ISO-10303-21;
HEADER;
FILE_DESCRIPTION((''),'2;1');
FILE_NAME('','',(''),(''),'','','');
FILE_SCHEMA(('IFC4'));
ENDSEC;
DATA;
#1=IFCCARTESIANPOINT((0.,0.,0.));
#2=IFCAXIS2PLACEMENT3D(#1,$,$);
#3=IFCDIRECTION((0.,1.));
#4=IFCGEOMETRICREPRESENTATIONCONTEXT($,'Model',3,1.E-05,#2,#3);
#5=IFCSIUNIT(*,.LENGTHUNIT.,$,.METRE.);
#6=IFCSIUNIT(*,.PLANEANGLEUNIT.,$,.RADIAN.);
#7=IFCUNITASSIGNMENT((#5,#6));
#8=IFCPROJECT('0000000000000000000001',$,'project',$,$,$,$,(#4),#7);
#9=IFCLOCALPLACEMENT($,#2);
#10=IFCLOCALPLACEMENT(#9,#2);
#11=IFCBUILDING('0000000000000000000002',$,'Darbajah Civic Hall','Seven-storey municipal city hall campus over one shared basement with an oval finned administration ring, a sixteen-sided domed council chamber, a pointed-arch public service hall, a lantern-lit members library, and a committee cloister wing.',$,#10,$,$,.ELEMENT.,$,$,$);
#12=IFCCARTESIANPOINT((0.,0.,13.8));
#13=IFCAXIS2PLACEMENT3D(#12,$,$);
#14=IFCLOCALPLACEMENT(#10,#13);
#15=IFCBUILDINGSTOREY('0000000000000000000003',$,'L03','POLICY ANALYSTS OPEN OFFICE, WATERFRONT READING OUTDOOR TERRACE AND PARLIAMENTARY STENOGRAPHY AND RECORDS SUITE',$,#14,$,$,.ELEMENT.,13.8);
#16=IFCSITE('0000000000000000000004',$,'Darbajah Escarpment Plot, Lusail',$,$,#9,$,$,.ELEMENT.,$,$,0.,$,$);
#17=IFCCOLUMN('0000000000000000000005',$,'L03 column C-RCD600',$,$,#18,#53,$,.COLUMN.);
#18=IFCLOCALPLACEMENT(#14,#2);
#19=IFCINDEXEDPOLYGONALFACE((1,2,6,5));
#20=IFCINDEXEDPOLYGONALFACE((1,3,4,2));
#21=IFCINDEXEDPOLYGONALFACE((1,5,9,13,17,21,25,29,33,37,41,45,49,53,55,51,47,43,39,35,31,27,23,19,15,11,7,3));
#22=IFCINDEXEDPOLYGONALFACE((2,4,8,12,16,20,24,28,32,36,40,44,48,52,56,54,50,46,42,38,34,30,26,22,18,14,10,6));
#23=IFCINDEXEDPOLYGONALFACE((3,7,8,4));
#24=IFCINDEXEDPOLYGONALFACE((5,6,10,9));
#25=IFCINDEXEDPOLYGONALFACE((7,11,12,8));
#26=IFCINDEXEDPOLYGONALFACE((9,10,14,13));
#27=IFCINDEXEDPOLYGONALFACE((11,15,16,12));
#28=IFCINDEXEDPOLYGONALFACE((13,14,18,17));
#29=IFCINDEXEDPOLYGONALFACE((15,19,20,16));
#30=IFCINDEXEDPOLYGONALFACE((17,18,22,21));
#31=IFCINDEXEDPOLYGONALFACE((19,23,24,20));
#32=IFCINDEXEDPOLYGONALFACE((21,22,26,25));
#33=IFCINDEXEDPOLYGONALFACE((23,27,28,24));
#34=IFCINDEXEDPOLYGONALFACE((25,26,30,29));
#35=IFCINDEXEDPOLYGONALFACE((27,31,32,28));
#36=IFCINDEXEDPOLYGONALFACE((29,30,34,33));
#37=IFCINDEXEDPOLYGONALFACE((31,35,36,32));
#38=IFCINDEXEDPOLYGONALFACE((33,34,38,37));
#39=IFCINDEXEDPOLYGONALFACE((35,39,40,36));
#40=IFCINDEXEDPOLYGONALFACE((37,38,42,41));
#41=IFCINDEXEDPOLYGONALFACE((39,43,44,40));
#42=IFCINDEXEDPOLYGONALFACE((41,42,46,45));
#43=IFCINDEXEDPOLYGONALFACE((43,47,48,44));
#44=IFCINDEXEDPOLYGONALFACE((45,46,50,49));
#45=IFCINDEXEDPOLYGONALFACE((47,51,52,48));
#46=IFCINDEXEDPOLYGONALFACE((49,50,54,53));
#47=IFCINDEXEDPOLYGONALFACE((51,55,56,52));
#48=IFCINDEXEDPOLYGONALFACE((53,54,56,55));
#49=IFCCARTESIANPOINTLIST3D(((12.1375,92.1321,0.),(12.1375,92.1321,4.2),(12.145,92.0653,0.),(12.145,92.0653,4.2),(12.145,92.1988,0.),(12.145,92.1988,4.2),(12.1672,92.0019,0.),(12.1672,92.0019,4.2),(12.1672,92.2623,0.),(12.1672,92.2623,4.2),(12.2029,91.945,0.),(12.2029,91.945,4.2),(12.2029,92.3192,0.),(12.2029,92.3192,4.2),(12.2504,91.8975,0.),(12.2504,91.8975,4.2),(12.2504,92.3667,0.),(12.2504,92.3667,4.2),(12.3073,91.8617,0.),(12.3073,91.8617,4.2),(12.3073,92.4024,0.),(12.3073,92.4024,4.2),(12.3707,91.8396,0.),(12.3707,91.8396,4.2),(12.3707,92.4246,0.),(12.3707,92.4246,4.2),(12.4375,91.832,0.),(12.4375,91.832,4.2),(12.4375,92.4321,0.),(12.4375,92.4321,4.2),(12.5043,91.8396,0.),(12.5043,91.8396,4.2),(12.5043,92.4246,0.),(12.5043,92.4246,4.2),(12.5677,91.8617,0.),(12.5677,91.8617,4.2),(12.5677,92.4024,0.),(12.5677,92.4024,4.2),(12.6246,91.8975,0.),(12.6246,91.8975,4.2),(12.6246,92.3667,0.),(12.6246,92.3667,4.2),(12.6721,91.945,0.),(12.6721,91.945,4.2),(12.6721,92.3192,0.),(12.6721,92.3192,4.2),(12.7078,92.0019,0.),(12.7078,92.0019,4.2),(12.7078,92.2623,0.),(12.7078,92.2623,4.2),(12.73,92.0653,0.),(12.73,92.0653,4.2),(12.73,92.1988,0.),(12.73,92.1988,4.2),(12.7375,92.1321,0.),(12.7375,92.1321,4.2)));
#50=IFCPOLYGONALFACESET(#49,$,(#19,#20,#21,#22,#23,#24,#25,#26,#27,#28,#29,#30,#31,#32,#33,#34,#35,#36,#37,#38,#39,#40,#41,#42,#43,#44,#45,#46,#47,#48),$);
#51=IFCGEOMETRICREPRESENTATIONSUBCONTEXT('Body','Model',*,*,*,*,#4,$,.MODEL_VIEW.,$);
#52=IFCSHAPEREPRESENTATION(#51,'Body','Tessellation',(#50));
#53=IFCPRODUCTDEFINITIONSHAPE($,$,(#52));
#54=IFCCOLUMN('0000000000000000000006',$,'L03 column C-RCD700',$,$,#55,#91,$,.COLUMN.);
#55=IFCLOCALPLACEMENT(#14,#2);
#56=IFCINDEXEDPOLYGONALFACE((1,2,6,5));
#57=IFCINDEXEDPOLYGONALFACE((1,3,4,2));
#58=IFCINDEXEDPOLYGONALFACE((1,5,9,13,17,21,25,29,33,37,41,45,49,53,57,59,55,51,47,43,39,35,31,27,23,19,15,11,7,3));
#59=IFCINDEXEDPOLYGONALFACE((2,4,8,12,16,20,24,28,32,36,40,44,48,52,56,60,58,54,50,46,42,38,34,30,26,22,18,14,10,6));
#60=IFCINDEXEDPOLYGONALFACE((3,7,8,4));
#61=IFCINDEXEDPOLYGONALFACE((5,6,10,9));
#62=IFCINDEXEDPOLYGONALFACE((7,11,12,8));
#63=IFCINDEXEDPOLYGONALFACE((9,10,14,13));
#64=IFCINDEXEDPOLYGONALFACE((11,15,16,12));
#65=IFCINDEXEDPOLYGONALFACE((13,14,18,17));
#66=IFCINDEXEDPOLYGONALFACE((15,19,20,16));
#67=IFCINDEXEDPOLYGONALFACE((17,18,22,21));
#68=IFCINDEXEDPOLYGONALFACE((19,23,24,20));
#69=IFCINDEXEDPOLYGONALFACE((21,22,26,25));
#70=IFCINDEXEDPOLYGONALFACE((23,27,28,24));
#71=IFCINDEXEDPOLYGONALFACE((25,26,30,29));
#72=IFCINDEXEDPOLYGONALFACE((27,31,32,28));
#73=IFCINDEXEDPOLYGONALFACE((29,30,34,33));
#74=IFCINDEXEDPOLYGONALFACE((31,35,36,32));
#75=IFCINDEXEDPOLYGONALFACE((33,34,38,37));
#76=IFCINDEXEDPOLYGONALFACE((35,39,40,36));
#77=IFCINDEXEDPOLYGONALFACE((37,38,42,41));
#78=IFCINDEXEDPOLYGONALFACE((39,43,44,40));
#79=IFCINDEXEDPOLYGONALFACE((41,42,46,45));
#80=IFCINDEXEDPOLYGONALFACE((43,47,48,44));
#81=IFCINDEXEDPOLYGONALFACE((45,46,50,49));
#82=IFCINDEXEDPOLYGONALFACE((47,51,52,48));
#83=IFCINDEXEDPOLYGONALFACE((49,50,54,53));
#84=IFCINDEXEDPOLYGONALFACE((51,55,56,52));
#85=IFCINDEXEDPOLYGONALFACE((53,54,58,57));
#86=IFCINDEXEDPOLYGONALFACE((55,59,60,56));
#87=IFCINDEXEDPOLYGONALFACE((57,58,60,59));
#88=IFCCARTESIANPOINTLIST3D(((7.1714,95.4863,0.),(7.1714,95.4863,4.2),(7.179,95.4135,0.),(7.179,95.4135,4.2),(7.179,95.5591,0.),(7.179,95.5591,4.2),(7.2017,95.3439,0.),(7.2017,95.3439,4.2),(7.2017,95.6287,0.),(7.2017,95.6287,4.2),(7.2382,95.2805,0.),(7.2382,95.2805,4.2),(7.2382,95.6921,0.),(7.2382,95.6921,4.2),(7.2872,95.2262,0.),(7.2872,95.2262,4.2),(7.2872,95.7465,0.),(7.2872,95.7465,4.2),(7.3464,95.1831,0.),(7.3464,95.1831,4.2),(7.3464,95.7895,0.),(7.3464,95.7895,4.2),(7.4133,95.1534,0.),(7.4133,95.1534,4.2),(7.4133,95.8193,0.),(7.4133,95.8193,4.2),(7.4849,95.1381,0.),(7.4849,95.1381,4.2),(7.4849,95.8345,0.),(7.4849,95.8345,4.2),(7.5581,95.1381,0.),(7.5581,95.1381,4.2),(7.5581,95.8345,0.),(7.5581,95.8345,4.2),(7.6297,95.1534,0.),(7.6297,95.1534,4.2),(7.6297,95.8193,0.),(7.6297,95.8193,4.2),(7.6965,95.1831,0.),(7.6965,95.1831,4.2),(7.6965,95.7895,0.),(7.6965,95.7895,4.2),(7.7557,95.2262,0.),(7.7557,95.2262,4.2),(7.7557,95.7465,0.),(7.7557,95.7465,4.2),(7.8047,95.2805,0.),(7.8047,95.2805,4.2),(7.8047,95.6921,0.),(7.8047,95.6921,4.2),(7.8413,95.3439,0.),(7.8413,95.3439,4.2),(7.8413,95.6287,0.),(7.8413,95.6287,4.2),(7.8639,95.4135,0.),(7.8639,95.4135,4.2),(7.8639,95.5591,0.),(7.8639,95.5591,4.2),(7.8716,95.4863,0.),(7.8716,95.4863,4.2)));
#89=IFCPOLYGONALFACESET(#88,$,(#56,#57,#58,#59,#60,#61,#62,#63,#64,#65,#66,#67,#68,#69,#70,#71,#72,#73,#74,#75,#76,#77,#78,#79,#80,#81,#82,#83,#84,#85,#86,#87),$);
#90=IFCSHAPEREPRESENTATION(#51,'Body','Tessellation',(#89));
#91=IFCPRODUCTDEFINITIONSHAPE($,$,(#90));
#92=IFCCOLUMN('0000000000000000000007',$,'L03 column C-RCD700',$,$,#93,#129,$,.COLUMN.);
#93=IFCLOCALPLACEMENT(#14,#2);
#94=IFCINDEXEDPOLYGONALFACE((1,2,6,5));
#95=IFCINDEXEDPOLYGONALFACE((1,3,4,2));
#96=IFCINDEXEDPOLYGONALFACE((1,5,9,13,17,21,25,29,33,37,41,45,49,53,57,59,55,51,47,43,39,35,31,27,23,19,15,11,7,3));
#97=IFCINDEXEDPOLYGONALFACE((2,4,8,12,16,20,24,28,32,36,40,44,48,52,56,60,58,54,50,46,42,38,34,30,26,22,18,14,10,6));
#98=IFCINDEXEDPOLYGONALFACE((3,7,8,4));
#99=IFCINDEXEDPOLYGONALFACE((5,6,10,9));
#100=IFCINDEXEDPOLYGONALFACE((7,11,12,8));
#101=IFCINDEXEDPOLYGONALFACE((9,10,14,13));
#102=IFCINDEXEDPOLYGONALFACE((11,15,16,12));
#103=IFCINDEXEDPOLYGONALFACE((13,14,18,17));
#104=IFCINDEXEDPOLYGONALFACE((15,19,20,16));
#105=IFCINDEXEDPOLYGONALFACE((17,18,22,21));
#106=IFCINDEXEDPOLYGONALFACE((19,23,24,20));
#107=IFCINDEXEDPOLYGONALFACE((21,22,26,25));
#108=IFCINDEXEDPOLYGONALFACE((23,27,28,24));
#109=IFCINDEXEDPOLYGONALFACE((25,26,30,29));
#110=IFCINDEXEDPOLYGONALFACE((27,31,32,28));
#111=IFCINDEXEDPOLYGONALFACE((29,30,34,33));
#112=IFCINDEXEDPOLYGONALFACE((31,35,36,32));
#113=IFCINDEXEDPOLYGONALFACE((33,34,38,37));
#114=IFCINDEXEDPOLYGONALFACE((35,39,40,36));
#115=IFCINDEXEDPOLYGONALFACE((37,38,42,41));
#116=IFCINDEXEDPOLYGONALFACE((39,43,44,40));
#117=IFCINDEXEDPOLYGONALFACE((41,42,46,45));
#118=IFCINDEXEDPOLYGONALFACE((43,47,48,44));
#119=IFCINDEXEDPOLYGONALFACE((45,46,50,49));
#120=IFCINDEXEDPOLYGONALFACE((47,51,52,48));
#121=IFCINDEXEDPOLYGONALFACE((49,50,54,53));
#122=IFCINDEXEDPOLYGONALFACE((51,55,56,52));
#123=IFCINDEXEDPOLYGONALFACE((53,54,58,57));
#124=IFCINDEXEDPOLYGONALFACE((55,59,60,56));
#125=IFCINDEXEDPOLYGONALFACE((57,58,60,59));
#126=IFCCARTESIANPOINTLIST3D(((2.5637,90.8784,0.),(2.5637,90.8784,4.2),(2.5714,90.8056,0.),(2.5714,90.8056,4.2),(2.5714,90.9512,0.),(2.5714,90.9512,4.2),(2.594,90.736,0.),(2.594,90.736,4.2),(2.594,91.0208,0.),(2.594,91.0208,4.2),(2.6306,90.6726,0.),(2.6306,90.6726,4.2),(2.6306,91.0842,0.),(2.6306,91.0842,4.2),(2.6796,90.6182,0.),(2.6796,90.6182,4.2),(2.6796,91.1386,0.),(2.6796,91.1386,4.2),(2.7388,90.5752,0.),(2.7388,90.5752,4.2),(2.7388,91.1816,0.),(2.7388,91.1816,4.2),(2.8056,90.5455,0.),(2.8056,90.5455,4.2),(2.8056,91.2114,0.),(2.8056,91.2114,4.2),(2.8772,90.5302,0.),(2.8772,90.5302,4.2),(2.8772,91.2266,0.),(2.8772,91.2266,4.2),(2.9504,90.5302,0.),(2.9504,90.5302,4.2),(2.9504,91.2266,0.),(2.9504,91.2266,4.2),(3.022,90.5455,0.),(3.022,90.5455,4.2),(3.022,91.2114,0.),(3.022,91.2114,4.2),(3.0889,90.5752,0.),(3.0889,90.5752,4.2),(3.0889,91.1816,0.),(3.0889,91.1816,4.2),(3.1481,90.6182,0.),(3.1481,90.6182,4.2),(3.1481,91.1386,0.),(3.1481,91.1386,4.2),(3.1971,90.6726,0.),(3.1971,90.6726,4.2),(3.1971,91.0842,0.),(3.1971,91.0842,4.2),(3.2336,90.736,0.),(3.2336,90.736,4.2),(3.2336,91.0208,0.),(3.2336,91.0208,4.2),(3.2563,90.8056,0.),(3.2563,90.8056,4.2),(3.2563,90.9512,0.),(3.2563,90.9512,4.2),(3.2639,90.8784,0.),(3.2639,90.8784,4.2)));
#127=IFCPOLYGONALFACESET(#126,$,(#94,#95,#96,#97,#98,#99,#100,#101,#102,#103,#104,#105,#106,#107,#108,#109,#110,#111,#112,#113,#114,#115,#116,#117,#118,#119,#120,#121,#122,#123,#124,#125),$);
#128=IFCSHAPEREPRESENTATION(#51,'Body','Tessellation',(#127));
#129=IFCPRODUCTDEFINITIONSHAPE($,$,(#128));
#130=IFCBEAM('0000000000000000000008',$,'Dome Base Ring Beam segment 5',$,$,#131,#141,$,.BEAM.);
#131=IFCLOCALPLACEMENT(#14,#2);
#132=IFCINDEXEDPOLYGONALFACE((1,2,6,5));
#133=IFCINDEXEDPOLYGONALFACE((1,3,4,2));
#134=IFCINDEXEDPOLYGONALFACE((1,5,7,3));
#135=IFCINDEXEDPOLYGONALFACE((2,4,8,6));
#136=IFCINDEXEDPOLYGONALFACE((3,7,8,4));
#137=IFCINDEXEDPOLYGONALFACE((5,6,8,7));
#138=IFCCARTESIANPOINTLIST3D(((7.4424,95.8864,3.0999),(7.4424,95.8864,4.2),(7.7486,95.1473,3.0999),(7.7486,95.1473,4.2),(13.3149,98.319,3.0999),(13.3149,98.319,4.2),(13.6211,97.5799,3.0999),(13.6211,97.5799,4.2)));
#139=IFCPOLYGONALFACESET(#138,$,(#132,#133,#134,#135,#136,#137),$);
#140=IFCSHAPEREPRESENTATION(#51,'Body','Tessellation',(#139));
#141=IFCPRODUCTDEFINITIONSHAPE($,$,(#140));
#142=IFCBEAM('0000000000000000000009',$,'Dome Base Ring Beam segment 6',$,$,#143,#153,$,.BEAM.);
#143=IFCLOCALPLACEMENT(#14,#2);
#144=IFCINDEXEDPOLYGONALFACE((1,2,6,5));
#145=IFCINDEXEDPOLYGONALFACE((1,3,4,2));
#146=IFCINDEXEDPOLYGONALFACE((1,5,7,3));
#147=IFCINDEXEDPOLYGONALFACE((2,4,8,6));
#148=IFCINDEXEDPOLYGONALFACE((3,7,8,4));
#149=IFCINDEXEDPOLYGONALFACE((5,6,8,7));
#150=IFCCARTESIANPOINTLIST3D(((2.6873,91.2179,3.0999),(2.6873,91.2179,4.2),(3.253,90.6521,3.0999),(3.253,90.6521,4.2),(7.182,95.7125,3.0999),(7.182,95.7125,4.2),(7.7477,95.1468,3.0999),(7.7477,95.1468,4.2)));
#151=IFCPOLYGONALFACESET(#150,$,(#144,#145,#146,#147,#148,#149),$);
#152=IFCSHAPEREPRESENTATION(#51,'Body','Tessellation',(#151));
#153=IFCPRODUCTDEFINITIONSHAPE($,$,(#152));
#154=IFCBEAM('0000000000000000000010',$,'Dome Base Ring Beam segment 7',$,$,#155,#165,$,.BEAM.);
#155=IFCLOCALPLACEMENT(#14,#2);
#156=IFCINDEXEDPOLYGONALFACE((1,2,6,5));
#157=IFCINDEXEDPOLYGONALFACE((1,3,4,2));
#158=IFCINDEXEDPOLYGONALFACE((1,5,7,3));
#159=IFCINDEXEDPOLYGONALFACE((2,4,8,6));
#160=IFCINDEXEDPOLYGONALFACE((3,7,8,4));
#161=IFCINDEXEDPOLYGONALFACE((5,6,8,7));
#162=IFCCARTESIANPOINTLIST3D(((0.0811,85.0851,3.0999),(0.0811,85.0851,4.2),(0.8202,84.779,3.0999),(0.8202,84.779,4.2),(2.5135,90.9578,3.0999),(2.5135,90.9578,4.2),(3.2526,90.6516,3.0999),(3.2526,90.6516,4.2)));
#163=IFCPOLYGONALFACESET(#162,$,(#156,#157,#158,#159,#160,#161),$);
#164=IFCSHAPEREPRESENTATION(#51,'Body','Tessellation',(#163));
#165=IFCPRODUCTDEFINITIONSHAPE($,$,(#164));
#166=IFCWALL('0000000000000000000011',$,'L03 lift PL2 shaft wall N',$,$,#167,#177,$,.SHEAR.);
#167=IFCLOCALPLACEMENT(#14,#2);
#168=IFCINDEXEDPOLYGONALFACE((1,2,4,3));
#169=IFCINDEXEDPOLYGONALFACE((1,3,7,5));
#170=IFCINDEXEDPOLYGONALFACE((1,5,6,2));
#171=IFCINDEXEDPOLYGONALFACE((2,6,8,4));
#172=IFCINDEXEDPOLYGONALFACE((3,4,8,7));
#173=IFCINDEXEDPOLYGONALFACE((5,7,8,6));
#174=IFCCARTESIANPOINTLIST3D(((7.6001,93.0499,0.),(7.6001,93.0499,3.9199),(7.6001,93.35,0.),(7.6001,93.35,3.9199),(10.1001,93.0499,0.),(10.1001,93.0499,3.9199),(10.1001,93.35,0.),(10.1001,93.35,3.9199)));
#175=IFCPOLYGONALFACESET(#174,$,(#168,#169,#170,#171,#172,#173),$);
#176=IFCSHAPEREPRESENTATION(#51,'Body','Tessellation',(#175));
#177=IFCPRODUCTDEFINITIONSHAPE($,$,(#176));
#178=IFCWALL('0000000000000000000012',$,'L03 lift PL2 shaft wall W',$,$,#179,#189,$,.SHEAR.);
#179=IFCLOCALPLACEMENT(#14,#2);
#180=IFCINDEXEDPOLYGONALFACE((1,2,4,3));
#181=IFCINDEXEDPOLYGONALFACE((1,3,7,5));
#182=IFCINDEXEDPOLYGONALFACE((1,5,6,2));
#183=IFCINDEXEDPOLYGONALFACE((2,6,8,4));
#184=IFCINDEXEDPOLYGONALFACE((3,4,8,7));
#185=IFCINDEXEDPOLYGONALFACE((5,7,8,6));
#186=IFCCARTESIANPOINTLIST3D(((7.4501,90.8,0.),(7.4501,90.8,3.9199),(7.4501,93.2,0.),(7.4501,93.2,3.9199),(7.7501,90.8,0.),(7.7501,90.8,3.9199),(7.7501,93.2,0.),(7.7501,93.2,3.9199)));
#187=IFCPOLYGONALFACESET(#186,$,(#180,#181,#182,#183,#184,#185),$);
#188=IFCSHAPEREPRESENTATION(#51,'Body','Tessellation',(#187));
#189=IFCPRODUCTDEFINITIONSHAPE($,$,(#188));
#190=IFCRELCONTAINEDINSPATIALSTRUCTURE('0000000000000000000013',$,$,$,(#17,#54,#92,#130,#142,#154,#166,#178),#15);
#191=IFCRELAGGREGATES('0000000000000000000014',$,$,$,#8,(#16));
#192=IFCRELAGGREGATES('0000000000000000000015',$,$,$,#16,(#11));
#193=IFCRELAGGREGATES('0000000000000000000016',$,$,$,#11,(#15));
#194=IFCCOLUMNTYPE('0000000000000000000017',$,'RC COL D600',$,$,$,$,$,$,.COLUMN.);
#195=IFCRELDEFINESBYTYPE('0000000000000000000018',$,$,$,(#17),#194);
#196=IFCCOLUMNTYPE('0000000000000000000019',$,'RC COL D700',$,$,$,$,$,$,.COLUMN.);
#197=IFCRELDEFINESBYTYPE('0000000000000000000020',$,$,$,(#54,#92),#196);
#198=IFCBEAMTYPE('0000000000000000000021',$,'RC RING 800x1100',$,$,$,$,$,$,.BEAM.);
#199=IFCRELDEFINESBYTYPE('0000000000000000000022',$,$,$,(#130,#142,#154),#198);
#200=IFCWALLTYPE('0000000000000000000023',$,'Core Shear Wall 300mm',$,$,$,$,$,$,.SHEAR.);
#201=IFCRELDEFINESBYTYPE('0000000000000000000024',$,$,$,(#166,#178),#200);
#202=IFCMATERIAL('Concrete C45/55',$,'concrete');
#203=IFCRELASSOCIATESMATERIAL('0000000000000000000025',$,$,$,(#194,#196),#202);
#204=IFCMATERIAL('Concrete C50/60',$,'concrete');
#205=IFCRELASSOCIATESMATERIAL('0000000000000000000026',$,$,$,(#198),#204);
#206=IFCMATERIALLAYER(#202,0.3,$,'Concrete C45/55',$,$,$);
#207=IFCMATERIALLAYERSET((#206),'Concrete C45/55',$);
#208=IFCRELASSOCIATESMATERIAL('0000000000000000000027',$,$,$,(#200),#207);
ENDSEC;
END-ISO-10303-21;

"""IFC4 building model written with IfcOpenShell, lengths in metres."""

from ifc_helpers import new_model, si_unit, direction, frame, frame_2d, origin, origin_2d, place, context, subcontext, project, spatial, rectangle, circle, extrude, material, layer, layer_set, material_profile, profile_set, type_object, element, save


model = new_model("IFC4")

# Units and contexts
model_context = context("Model", 3, precision=1e-05, world=origin(), true_north=direction((0.0, 1.0)))
body_context = subcontext(model_context, "Body", "Model", "MODEL_VIEW")
ifc_project = project(units=[si_unit("LENGTHUNIT", "METRE"), si_unit("PLANEANGLEUNIT", "RADIAN")], contexts=[model_context])

# Site, building, storey
site_placement = place(None, origin())
site = spatial("IfcSite", under=ifc_project, at=site_placement, Name="Darbajah Escarpment Plot, Lusail", CompositionType="ELEMENT", RefElevation=0.0)
building_placement = place(site_placement, origin())
building = spatial("IfcBuilding", under=site, at=building_placement, Name="Darbajah Civic Hall", Description="Seven-storey municipal city hall campus over one shared basement with an oval finned administration ring, a sixteen-sided domed council chamber, a pointed-arch public service hall, a lantern-lit members library, and a committee cloister wing.", CompositionType="ELEMENT")
storey_placement = place(building_placement, frame((0.0, 0.0, 13.8)))
storey = spatial("IfcBuildingStorey", under=building, at=storey_placement, Name="L03", Description="POLICY ANALYSTS OPEN OFFICE, WATERFRONT READING OUTDOOR TERRACE AND PARLIAMENTARY STENOGRAPHY AND RECORDS SUITE", CompositionType="ELEMENT", Elevation=13.8)

# Columns
ifc_material_1 = material(Name="Concrete C45/55", Category="concrete")
ifc_material_profile_1 = material_profile(ifc_material_1, circle(Radius=0.3, at=origin_2d()), Name="RC COL D600")
ifc_profile_set_1 = profile_set([ifc_material_profile_1], Name="Concrete C45/55")
column_type_1 = type_object("IfcColumnType", Name="RC COL D600", PredefinedType="COLUMN", material=ifc_profile_set_1)
column_placement = place(storey_placement, frame((12.4375, 92.1321, 0.0), z_axis=(0.0, 0.0, 1.0), x_axis=(1.0, 0.0, 0.0)))
element("IfcColumn", 1, at=column_placement, inside=storey, type_object=column_type_1, Name="L03 column C-RCD600", PredefinedType="COLUMN", context=body_context, shape_type="SweptSolid", body=[
    extrude(circle(Radius=0.3, at=origin_2d()), origin(), (0.0, 0.0, 1.0), 4.2),
])
ifc_material_profile_2 = material_profile(ifc_material_1, circle(Radius=0.3501, at=origin_2d()), Name="RC COL D700")
ifc_profile_set_2 = profile_set([ifc_material_profile_2], Name="Concrete C45/55")
column_type_2 = type_object("IfcColumnType", Name="RC COL D700", PredefinedType="COLUMN", material=ifc_profile_set_2)
for number, where, z_axis, x_axis, name in (
    (2, (7.5215, 95.4863, 0.0), (0.0, 0.0, 1.0), (1.0, 0.0, 0.0), "L03 column C-RCD700"),
    (3, (2.9138, 90.8784, 0.0), (0.0, 0.0, 1.0), (1.0, 0.0, 0.0), "L03 column C-RCD700"),
):
    element("IfcColumn", number, at=place(storey_placement, frame(where, z_axis=z_axis, x_axis=x_axis)), inside=storey, type_object=column_type_2, Name=name, PredefinedType="COLUMN", context=body_context, shape_type="SweptSolid", body=[
        extrude(circle(Radius=0.3501, at=origin_2d()), origin(), (0.0, 0.0, 1.0), 4.2),
    ])

# Beams
ifc_material_2 = material(Name="Concrete C50/60", Category="concrete")
ifc_material_profile_3 = material_profile(ifc_material_2, rectangle(XDim=0.8, YDim=1.1001, at=origin_2d()), Name="RC RING 800x1100")
ifc_profile_set_3 = profile_set([ifc_material_profile_3], Name="Concrete C50/60")
beam_type = type_object("IfcBeamType", Name="RC RING 800x1100", PredefinedType="BEAM", material=ifc_profile_set_3)
for number, where, z_axis, x_axis, name in (
    (4, (13.468, 97.9495, 3.6499), (-0.923873, -0.3827, 0.0), (0.3827, -0.923873, 0.0), "Dome Base Ring Beam segment 5"),
    (5, (7.4648, 95.4297, 3.6499), (-0.707107, -0.707107, 0.0), (0.707107, -0.707107, 0.0), "Dome Base Ring Beam segment 6"),
    (6, (2.8831, 90.8047, 3.6499), (-0.382667, -0.923886, 0.0), (0.923886, -0.382667, 0.0), "Dome Base Ring Beam segment 7"),
):
    element("IfcBeam", number, at=place(storey_placement, frame(where, z_axis=z_axis, x_axis=x_axis)), inside=storey, type_object=beam_type, Name=name, PredefinedType="BEAM", context=body_context, shape_type="SweptSolid", body=[
        extrude(rectangle(XDim=0.8, YDim=1.1001, at=origin_2d()), origin(), (0.0, 0.0, 1.0), 6.3564),
    ])

# Walls
ifc_layer_1 = layer(ifc_material_1, 0.3, Name="Concrete C45/55")
ifc_layer_set_1 = layer_set([ifc_layer_1], Name="Concrete C45/55")
wall_type_1 = type_object("IfcWallType", Name="Core Shear Wall 300mm", PredefinedType="SHEAR", material=ifc_layer_set_1)
wall_1_placement = place(storey_placement, frame((10.1001, 93.2, 0.0), z_axis=(0.0, 0.0, 1.0), x_axis=(-1.0, 0.0, 0.0)))
element("IfcWall", 7, at=wall_1_placement, inside=storey, type_object=wall_type_1, Name="L03 lift PL2 shaft wall N", PredefinedType="SHEAR", context=body_context, shape_type="SweptSolid", body=[
    extrude(rectangle(XDim=2.5, YDim=0.3, at=frame_2d((1.25, 0.0))), origin(), (0.0, 0.0, 1.0), 3.9199),
])
wall_2_placement = place(storey_placement, frame((7.6001, 93.2, 0.0), z_axis=(0.0, 0.0, 1.0), x_axis=(0.0, -1.0, 0.0)))
element("IfcWall", 8, at=wall_2_placement, inside=storey, type_object=wall_type_1, Name="L03 lift PL2 shaft wall W", PredefinedType="SHEAR", context=body_context, shape_type="SweptSolid", body=[
    extrude(rectangle(XDim=2.3999, YDim=0.3, at=frame_2d((1.2, 0.0))), origin(), (0.0, 0.0, 1.0), 3.9199),
])

save(model, "model.ifc")
